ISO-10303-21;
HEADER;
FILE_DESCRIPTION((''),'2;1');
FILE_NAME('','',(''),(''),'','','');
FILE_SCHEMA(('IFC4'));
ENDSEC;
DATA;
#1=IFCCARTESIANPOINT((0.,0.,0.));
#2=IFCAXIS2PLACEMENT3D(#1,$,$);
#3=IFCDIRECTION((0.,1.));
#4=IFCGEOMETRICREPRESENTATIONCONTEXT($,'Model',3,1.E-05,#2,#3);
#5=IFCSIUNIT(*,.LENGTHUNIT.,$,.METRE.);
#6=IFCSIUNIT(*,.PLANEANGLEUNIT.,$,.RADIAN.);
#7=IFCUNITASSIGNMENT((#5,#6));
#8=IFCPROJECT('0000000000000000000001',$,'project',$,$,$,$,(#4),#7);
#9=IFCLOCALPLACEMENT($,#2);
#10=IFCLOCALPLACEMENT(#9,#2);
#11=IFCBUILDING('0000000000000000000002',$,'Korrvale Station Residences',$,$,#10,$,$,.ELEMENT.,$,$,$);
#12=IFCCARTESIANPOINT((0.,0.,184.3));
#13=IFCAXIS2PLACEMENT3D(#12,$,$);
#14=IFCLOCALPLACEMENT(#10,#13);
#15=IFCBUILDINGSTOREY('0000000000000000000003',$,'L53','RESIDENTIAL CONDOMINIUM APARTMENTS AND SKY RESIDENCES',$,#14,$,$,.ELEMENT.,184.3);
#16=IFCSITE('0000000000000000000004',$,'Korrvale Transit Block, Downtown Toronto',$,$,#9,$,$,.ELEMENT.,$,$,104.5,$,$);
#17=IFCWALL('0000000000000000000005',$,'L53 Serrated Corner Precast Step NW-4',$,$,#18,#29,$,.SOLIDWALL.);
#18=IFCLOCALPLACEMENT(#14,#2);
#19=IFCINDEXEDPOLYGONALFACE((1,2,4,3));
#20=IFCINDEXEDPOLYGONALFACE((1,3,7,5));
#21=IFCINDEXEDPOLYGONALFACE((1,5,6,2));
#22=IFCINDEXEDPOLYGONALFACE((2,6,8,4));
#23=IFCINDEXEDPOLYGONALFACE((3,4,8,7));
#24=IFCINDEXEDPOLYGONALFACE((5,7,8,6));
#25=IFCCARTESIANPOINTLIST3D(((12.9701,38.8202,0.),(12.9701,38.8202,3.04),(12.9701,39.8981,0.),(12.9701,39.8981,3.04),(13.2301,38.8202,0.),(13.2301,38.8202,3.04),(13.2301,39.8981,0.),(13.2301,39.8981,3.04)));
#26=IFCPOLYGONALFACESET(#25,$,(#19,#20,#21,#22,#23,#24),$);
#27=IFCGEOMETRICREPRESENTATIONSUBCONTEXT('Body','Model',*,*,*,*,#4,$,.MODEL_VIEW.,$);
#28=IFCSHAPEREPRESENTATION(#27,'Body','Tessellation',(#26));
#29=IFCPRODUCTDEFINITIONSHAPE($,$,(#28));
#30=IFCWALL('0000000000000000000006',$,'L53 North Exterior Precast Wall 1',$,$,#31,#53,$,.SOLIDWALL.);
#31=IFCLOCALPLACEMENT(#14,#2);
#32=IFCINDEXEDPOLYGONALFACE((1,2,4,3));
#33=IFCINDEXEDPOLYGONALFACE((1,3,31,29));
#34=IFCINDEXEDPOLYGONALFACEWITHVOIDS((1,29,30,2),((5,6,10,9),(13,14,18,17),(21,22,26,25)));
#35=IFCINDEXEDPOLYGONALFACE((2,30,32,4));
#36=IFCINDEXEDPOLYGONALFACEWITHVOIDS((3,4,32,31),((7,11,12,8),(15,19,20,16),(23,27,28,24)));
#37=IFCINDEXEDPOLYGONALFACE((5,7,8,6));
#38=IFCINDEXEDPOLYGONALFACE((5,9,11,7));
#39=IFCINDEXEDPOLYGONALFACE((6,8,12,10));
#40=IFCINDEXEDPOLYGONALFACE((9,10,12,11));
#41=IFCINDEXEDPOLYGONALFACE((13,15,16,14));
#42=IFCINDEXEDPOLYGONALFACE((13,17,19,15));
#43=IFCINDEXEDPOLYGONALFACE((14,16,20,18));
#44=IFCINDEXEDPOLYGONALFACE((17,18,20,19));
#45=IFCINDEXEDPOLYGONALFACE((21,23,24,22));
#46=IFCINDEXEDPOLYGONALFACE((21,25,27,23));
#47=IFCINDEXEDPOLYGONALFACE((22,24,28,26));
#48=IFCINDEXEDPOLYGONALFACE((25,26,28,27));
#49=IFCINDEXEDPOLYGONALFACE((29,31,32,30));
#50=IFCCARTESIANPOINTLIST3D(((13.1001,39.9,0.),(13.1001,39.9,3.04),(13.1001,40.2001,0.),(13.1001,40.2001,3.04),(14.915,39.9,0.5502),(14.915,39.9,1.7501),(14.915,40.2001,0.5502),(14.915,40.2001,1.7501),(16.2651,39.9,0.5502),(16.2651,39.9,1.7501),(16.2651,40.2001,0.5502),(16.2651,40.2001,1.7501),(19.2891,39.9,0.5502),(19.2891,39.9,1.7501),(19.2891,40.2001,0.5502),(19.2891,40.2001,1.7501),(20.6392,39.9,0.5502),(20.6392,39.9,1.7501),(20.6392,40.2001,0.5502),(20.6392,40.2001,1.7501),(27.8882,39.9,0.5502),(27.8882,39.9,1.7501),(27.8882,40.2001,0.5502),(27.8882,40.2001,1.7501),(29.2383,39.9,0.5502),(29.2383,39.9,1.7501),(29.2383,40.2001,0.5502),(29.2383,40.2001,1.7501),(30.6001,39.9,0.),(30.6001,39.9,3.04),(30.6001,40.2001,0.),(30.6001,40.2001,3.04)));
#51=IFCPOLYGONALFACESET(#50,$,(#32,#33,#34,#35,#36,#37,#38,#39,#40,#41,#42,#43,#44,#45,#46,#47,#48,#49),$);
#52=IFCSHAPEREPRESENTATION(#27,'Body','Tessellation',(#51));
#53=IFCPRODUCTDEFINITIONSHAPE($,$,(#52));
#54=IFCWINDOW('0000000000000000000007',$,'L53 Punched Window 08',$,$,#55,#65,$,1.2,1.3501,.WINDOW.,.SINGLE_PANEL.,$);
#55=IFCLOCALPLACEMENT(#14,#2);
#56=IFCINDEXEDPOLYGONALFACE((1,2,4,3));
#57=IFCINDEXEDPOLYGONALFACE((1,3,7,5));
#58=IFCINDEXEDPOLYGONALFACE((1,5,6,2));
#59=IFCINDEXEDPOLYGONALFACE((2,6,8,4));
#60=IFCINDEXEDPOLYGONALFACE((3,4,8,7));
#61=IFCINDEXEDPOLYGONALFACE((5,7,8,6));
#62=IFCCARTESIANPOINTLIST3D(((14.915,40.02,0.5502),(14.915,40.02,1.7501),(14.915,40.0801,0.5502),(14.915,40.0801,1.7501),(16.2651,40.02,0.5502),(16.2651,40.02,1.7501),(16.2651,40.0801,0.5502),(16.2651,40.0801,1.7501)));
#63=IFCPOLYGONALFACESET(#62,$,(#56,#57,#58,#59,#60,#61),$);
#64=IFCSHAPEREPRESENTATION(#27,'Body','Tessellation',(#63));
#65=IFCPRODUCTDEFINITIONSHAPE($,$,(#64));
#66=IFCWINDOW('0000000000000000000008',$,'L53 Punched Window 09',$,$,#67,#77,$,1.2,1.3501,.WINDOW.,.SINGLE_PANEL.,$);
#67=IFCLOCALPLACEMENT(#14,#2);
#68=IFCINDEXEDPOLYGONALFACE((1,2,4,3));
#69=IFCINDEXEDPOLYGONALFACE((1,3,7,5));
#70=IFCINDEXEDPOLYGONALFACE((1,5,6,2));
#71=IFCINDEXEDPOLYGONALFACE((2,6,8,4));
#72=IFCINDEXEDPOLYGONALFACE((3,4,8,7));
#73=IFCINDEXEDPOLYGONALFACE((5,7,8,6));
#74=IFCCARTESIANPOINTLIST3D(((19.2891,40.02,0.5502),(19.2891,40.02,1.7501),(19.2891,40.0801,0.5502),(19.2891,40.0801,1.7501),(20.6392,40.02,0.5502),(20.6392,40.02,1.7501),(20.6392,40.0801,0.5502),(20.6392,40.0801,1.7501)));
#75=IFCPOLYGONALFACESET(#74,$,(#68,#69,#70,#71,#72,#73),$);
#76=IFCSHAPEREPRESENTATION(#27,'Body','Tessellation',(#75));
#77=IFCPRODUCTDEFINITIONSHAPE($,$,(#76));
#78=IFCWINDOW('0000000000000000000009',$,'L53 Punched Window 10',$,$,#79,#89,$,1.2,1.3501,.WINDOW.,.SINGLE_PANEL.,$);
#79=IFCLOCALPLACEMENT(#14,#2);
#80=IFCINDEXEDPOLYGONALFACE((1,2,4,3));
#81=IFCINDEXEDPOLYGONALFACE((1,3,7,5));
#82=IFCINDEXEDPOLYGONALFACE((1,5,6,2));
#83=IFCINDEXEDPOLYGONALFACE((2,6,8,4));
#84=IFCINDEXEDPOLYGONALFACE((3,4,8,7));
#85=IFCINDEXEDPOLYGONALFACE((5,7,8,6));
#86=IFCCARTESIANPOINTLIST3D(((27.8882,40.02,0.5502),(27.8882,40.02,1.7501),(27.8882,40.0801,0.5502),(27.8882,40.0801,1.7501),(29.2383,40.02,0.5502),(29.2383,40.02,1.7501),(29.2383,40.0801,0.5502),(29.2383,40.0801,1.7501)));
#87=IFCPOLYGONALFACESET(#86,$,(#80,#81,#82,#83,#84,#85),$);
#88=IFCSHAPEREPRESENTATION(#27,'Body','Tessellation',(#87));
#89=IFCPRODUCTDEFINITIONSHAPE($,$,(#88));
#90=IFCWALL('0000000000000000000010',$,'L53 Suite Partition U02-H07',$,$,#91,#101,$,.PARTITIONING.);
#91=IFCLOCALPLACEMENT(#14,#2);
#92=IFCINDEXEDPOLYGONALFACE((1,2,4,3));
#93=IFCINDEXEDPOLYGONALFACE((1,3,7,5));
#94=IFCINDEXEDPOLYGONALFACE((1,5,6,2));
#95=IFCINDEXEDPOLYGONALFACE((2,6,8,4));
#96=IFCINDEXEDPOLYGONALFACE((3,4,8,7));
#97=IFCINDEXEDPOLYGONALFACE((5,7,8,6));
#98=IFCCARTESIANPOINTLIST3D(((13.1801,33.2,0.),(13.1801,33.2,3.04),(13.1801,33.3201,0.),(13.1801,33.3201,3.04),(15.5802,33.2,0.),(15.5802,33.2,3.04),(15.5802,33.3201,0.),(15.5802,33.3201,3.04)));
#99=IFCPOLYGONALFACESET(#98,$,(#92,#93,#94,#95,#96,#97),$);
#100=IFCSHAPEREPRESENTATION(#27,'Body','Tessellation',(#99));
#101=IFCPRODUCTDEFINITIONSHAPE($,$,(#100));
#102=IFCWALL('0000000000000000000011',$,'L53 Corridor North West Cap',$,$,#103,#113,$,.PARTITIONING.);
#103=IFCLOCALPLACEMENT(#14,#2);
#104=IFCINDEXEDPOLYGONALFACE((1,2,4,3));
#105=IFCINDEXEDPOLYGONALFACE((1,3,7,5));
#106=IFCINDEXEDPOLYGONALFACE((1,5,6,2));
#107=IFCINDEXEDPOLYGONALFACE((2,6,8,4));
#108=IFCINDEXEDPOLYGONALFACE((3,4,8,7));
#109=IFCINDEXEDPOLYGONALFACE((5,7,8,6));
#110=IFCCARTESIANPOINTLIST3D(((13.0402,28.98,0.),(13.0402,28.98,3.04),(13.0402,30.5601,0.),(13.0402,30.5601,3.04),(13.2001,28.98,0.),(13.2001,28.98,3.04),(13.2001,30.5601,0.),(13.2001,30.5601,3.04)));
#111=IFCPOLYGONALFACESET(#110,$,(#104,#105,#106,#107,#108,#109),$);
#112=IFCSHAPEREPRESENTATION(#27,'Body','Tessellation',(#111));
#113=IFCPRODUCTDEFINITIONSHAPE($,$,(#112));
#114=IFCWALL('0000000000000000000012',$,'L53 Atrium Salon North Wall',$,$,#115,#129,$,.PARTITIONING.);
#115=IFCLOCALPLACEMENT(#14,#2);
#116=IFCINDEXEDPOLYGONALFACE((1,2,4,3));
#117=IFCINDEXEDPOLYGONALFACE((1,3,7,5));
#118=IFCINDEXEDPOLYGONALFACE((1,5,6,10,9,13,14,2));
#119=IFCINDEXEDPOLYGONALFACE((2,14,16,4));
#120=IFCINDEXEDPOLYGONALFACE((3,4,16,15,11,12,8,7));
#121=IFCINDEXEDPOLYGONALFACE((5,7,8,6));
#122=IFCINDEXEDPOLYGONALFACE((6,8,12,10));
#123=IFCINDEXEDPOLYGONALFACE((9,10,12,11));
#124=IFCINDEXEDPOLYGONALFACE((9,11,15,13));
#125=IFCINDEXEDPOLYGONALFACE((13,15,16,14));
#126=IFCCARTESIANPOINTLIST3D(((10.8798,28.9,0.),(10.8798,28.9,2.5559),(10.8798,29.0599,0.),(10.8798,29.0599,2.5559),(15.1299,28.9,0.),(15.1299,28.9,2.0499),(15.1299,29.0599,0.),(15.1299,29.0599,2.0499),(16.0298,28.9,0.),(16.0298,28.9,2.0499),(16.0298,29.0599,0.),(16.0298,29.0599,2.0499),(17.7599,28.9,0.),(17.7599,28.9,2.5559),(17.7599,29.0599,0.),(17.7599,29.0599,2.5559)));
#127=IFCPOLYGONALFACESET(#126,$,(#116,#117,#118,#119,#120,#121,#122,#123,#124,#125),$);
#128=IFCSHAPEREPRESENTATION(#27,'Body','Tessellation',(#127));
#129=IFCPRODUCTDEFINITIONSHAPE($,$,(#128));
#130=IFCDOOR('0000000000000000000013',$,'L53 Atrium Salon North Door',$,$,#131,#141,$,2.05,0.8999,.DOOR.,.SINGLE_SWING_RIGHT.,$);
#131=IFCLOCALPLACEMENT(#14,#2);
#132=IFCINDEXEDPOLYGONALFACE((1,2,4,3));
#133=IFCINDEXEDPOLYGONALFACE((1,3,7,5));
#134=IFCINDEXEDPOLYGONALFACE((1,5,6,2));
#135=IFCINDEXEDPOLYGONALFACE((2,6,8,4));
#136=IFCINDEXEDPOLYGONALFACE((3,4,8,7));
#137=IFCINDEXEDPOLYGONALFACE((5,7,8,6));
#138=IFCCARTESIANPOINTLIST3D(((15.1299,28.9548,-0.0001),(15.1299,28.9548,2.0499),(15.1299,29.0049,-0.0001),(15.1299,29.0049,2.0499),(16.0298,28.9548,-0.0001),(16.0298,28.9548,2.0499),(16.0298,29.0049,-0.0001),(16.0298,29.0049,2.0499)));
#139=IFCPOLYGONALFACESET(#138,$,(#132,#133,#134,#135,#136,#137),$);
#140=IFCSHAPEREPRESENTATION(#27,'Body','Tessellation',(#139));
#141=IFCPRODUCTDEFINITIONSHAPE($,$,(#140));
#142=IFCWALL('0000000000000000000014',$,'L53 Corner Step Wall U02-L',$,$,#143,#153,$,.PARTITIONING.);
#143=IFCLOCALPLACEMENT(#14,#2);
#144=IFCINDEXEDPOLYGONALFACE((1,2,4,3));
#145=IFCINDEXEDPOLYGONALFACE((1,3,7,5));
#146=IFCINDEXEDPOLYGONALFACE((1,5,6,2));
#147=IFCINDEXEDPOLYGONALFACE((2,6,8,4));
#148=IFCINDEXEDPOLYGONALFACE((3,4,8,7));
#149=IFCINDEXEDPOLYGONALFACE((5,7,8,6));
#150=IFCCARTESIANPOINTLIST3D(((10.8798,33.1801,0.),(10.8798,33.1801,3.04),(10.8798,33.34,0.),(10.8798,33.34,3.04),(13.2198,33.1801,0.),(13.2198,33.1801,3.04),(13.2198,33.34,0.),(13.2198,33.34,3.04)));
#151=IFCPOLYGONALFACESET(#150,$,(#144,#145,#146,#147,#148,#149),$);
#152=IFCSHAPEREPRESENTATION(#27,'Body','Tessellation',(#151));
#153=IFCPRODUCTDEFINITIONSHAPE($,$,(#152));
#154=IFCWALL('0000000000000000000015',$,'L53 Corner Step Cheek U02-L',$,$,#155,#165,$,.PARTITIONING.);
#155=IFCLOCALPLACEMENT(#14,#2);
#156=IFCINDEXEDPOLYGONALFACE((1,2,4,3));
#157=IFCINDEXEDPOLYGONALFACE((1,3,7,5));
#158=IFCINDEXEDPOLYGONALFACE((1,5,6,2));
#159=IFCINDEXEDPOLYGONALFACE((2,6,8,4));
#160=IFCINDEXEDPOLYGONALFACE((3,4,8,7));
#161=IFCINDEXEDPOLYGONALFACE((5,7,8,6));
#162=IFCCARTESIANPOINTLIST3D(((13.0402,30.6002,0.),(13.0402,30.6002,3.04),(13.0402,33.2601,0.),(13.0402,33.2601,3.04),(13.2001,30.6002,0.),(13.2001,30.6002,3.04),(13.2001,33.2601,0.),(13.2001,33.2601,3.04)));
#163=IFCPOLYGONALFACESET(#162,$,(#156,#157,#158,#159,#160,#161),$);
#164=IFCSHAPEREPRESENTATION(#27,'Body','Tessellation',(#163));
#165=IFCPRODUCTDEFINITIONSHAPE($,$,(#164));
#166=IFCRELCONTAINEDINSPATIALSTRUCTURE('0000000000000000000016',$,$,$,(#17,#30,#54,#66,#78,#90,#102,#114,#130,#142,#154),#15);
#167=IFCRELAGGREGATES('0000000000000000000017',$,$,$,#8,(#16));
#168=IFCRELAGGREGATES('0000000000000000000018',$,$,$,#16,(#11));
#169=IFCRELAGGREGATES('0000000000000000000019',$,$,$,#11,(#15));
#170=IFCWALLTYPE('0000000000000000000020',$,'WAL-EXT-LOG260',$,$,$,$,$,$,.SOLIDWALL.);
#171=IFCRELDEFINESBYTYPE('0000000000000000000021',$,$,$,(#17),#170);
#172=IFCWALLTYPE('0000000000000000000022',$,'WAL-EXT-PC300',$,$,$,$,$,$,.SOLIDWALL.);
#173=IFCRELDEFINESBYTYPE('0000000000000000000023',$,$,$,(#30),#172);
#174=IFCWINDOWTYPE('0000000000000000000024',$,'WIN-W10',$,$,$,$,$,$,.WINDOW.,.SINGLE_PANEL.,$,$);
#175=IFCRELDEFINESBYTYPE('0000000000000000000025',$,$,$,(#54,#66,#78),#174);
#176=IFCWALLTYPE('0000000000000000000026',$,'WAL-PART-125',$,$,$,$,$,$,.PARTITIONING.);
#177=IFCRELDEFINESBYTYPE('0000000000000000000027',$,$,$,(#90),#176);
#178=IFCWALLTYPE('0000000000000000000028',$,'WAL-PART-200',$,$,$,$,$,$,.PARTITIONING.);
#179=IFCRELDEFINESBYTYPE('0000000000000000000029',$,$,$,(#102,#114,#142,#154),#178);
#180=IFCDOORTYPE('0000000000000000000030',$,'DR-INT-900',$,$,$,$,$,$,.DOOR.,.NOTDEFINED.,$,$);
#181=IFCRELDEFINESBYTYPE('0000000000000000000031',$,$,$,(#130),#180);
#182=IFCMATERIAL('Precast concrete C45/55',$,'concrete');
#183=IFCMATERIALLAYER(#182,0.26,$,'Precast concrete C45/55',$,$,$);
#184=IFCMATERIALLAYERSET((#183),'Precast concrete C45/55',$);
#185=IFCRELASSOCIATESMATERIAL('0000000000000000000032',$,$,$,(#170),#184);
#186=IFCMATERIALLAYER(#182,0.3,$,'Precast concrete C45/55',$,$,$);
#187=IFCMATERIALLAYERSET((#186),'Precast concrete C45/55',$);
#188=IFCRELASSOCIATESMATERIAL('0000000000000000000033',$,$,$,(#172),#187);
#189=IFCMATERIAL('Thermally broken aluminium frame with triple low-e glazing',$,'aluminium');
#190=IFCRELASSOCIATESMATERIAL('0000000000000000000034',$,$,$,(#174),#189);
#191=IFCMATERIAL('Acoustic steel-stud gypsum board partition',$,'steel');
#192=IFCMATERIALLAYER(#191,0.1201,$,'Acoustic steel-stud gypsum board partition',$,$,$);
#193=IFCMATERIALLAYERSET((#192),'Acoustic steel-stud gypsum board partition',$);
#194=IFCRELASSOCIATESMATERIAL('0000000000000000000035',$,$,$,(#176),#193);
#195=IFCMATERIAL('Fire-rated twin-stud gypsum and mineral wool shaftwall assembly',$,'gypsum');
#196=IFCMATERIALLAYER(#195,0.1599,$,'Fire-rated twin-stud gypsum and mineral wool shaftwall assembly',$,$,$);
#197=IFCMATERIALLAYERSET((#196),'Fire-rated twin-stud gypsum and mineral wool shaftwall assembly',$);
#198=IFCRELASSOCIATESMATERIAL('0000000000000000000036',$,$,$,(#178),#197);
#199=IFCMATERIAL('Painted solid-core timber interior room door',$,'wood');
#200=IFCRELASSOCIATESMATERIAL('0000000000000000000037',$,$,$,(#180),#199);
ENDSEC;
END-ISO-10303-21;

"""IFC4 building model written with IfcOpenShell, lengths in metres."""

from ifc_helpers import new_model, si_unit, direction, frame, frame_2d, origin, place, context, subcontext, project, spatial, rectangle, extrude, material, layer, layer_set, type_object, element, fill, save


model = new_model("IFC4")

# Units and contexts
model_context = context("Model", 3, precision=1e-05, world=origin(), true_north=direction((0.0, 1.0)))
body_context = subcontext(model_context, "Body", "Model", "MODEL_VIEW")
ifc_project = project(units=[si_unit("LENGTHUNIT", "METRE"), si_unit("PLANEANGLEUNIT", "RADIAN")], contexts=[model_context])

# Site, building, storey
site_placement = place(None, origin())
site = spatial("IfcSite", under=ifc_project, at=site_placement, Name="Korrvale Transit Block, Downtown Toronto", CompositionType="ELEMENT", RefElevation=104.5)
building_placement = place(site_placement, origin())
building = spatial("IfcBuilding", under=site, at=building_placement, Name="Korrvale Station Residences", CompositionType="ELEMENT")
storey_placement = place(building_placement, frame((0.0, 0.0, 184.3)))
storey = spatial("IfcBuildingStorey", under=building, at=storey_placement, Name="L53", Description="RESIDENTIAL CONDOMINIUM APARTMENTS AND SKY RESIDENCES", CompositionType="ELEMENT", Elevation=184.3)

# Wall
ifc_material_1 = material(Name="Precast concrete C45/55", Category="concrete")
ifc_layer_1 = layer(ifc_material_1, 0.26, Name="Precast concrete C45/55")
ifc_layer_set_1 = layer_set([ifc_layer_1], Name="Precast concrete C45/55")
wall_type_1 = type_object("IfcWallType", Name="WAL-EXT-LOG260", PredefinedType="SOLIDWALL", material=ifc_layer_set_1)
wall_1_placement = place(storey_placement, frame((13.1001, 38.8201, 0.0), z_axis=(0.0, 0.0, 1.0), x_axis=(0.0, 1.0, 0.0)))
element("IfcWall", 1, at=wall_1_placement, inside=storey, type_object=wall_type_1, Name="L53 Serrated Corner Precast Step NW-4", PredefinedType="SOLIDWALL", context=body_context, shape_type="SweptSolid", body=[
    extrude(rectangle(XDim=1.0779, YDim=0.26, at=frame_2d((0.5391, 0.0))), origin(), (0.0, 0.0, 1.0), 3.04),
])

# Wall, openings, windows
ifc_layer_2 = layer(ifc_material_1, 0.3, Name="Precast concrete C45/55")
ifc_layer_set_2 = layer_set([ifc_layer_2], Name="Precast concrete C45/55")
wall_type_2 = type_object("IfcWallType", Name="WAL-EXT-PC300", PredefinedType="SOLIDWALL", material=ifc_layer_set_2)
wall_2_placement = place(storey_placement, frame((13.1001, 40.05, 0.0), z_axis=(0.0, 0.0, 1.0), x_axis=(1.0, 0.0, 0.0)))
wall_2 = element("IfcWall", 2, at=wall_2_placement, inside=storey, type_object=wall_type_2, Name="L53 North Exterior Precast Wall 1", PredefinedType="SOLIDWALL", context=body_context, shape_type="SweptSolid", body=[
    extrude(rectangle(XDim=17.5, YDim=0.3, at=frame_2d((8.75, 0.0))), origin(), (0.0, 0.0, 1.0), 3.04),
])
opening_1_placement = place(wall_2_placement, frame((1.8149, 0.0, 0.55)))
opening_1 = element("IfcOpeningElement", 3, at=opening_1_placement, cuts=wall_2, PredefinedType="OPENING", context=body_context, shape_type="SweptSolid", body=[
    extrude(rectangle(XDim=1.3501, YDim=1.2, at=frame_2d((0.675, 0.6001))), frame((0.0, 0.1602, 0.0), z_axis=(0.0, -1.0, 0.0), x_axis=(1.0, 0.0, 0.0)), (0.0, 0.0, 1.0), 0.3201),
])
opening_2_placement = place(wall_2_placement, frame((6.189, 0.0, 0.55)))
opening_2 = element("IfcOpeningElement", 4, at=opening_2_placement, cuts=wall_2, PredefinedType="OPENING", context=body_context, shape_type="SweptSolid", body=[
    extrude(rectangle(XDim=1.3501, YDim=1.2, at=frame_2d((0.675, 0.6001))), frame((0.0, 0.1602, 0.0), z_axis=(0.0, -1.0, 0.0), x_axis=(1.0, 0.0, 0.0)), (0.0, 0.0, 1.0), 0.3201),
])
opening_3_placement = place(wall_2_placement, frame((14.7881, 0.0, 0.55)))
opening_3 = element("IfcOpeningElement", 5, at=opening_3_placement, cuts=wall_2, PredefinedType="OPENING", context=body_context, shape_type="SweptSolid", body=[
    extrude(rectangle(XDim=1.3501, YDim=1.2, at=frame_2d((0.675, 0.6001))), frame((0.0, 0.1602, 0.0), z_axis=(0.0, -1.0, 0.0), x_axis=(1.0, 0.0, 0.0)), (0.0, 0.0, 1.0), 0.3201),
])
ifc_material_2 = material(Name="Thermally broken aluminium frame with triple low-e glazing", Category="aluminium")
window_type = type_object("IfcWindowType", Name="WIN-W10", PartitioningType="SINGLE_PANEL", PredefinedType="WINDOW", material=ifc_material_2)
window_1_placement = place(opening_1_placement, origin())
window_1 = element("IfcWindow", 6, at=window_1_placement, inside=storey, type_object=window_type, Name="L53 Punched Window 08", OverallHeight=1.2, OverallWidth=1.3501, PartitioningType="SINGLE_PANEL", PredefinedType="WINDOW", context=body_context, shape_type="SweptSolid", body=[
    extrude(rectangle(XDim=1.3501, YDim=1.2, at=frame_2d((0.675, 0.6001))), frame((0.0, 0.03, 0.0), z_axis=(0.0, -1.0, 0.0), x_axis=(1.0, 0.0, 0.0)), (0.0, 0.0, 1.0), 0.0601),
])
fill(opening_1, window_1)
window_2_placement = place(opening_2_placement, origin())
window_2 = element("IfcWindow", 7, at=window_2_placement, inside=storey, type_object=window_type, Name="L53 Punched Window 09", OverallHeight=1.2, OverallWidth=1.3501, PartitioningType="SINGLE_PANEL", PredefinedType="WINDOW", context=body_context, shape_type="SweptSolid", body=[
    extrude(rectangle(XDim=1.3501, YDim=1.2, at=frame_2d((0.675, 0.6001))), frame((0.0, 0.03, 0.0), z_axis=(0.0, -1.0, 0.0), x_axis=(1.0, 0.0, 0.0)), (0.0, 0.0, 1.0), 0.0601),
])
fill(opening_2, window_2)
window_3_placement = place(opening_3_placement, origin())
window_3 = element("IfcWindow", 8, at=window_3_placement, inside=storey, type_object=window_type, Name="L53 Punched Window 10", OverallHeight=1.2, OverallWidth=1.3501, PartitioningType="SINGLE_PANEL", PredefinedType="WINDOW", context=body_context, shape_type="SweptSolid", body=[
    extrude(rectangle(XDim=1.3501, YDim=1.2, at=frame_2d((0.675, 0.6001))), frame((0.0, 0.03, 0.0), z_axis=(0.0, -1.0, 0.0), x_axis=(1.0, 0.0, 0.0)), (0.0, 0.0, 1.0), 0.0601),
])
fill(opening_3, window_3)

# Walls
ifc_material_3 = material(Name="Acoustic steel-stud gypsum board partition", Category="steel")
ifc_layer_3 = layer(ifc_material_3, 0.1201, Name="Acoustic steel-stud gypsum board partition")
ifc_layer_set_3 = layer_set([ifc_layer_3], Name="Acoustic steel-stud gypsum board partition")
wall_type_3 = type_object("IfcWallType", Name="WAL-PART-125", PredefinedType="PARTITIONING", material=ifc_layer_set_3)
wall_3_placement = place(storey_placement, frame((13.1799, 33.26, 0.0), z_axis=(0.0, 0.0, 1.0), x_axis=(1.0, 0.0, 0.0)))
element("IfcWall", 9, at=wall_3_placement, inside=storey, type_object=wall_type_3, Name="L53 Suite Partition U02-H07", PredefinedType="PARTITIONING", context=body_context, shape_type="SweptSolid", body=[
    extrude(rectangle(XDim=2.4001, YDim=0.1201, at=frame_2d((1.2002, 0.0))), origin(), (0.0, 0.0, 1.0), 3.04),
])
ifc_material_4 = material(Name="Fire-rated twin-stud gypsum and mineral wool shaftwall assembly", Category="gypsum")
ifc_layer_4 = layer(ifc_material_4, 0.1599, Name="Fire-rated twin-stud gypsum and mineral wool shaftwall assembly")
ifc_layer_set_4 = layer_set([ifc_layer_4], Name="Fire-rated twin-stud gypsum and mineral wool shaftwall assembly")
wall_type_4 = type_object("IfcWallType", Name="WAL-PART-200", PredefinedType="PARTITIONING", material=ifc_layer_set_4)
wall_4_placement = place(storey_placement, frame((13.1201, 28.98, 0.0), z_axis=(0.0, 0.0, 1.0), x_axis=(0.0, 1.0, 0.0)))
element("IfcWall", 10, at=wall_4_placement, inside=storey, type_object=wall_type_4, Name="L53 Corridor North West Cap", PredefinedType="PARTITIONING", context=body_context, shape_type="SweptSolid", body=[
    extrude(rectangle(XDim=1.5801, YDim=0.1599, at=frame_2d((0.79, 0.0))), origin(), (0.0, 0.0, 1.0), 3.04),
])

# Wall, opening, door
wall_5_placement = place(storey_placement, frame((10.8799, 28.98, 0.0), z_axis=(0.0, 0.0, 1.0), x_axis=(1.0, 0.0, 0.0)))
wall_5 = element("IfcWall", 11, at=wall_5_placement, inside=storey, type_object=wall_type_4, Name="L53 Atrium Salon North Wall", PredefinedType="PARTITIONING", context=body_context, shape_type="SweptSolid", body=[
    extrude(rectangle(XDim=6.8801, YDim=0.1599, at=frame_2d((3.4399, 0.0))), origin(), (0.0, 0.0, 1.0), 2.5559),
])
opening_4_placement = place(wall_5_placement, frame((4.25, 0.0, 0.0)))
opening_4 = element("IfcOpeningElement", 12, at=opening_4_placement, cuts=wall_5, PredefinedType="OPENING", context=body_context, shape_type="SweptSolid", body=[
    extrude(rectangle(XDim=0.8999, YDim=2.05, at=frame_2d((0.45, 1.0249))), frame((0.0, 0.0898, 0.0), z_axis=(0.0, -1.0, 0.0), x_axis=(1.0, 0.0, 0.0)), (0.0, 0.0, 1.0), 0.1799),
])
ifc_material_5 = material(Name="Painted solid-core timber interior room door", Category="wood")
door_type_1 = type_object("IfcDoorType", Name="DR-INT-900", OperationType="NOTDEFINED", PredefinedType="DOOR", material=ifc_material_5)
door_1_placement = place(opening_4_placement, origin())
door_1 = element("IfcDoor", 13, at=door_1_placement, inside=storey, type_object=door_type_1, Name="L53 Atrium Salon North Door", OperationType="SINGLE_SWING_RIGHT", OverallHeight=2.05, OverallWidth=0.8999, PredefinedType="DOOR", context=body_context, shape_type="SweptSolid", body=[
    extrude(rectangle(XDim=0.8999, YDim=2.05, at=frame_2d((0.45, 1.0249))), frame((0.0, 0.0249, 0.0), z_axis=(0.0, -1.0, 0.0), x_axis=(1.0, 0.0, 0.0)), (0.0, 0.0, 1.0), 0.05),
])
fill(opening_4, door_1)

# Walls
wall_6_placement = place(storey_placement, frame((10.8799, 33.26, 0.0), z_axis=(0.0, 0.0, 1.0), x_axis=(1.0, 0.0, 0.0)))
element("IfcWall", 14, at=wall_6_placement, inside=storey, type_object=wall_type_4, Name="L53 Corner Step Wall U02-L", PredefinedType="PARTITIONING", context=body_context, shape_type="SweptSolid", body=[
    extrude(rectangle(XDim=2.3401, YDim=0.1599, at=frame_2d((1.1699, 0.0))), origin(), (0.0, 0.0, 1.0), 3.04),
])
wall_7_placement = place(storey_placement, frame((13.1201, 30.6001, 0.0), z_axis=(0.0, 0.0, 1.0), x_axis=(0.0, 1.0, 0.0)))
element("IfcWall", 15, at=wall_7_placement, inside=storey, type_object=wall_type_4, Name="L53 Corner Step Cheek U02-L", PredefinedType="PARTITIONING", context=body_context, shape_type="SweptSolid", body=[
    extrude(rectangle(XDim=2.6599, YDim=0.1599, at=frame_2d((1.3301, 0.0))), origin(), (0.0, 0.0, 1.0), 3.04),
])

save(model, "model.ifc")
